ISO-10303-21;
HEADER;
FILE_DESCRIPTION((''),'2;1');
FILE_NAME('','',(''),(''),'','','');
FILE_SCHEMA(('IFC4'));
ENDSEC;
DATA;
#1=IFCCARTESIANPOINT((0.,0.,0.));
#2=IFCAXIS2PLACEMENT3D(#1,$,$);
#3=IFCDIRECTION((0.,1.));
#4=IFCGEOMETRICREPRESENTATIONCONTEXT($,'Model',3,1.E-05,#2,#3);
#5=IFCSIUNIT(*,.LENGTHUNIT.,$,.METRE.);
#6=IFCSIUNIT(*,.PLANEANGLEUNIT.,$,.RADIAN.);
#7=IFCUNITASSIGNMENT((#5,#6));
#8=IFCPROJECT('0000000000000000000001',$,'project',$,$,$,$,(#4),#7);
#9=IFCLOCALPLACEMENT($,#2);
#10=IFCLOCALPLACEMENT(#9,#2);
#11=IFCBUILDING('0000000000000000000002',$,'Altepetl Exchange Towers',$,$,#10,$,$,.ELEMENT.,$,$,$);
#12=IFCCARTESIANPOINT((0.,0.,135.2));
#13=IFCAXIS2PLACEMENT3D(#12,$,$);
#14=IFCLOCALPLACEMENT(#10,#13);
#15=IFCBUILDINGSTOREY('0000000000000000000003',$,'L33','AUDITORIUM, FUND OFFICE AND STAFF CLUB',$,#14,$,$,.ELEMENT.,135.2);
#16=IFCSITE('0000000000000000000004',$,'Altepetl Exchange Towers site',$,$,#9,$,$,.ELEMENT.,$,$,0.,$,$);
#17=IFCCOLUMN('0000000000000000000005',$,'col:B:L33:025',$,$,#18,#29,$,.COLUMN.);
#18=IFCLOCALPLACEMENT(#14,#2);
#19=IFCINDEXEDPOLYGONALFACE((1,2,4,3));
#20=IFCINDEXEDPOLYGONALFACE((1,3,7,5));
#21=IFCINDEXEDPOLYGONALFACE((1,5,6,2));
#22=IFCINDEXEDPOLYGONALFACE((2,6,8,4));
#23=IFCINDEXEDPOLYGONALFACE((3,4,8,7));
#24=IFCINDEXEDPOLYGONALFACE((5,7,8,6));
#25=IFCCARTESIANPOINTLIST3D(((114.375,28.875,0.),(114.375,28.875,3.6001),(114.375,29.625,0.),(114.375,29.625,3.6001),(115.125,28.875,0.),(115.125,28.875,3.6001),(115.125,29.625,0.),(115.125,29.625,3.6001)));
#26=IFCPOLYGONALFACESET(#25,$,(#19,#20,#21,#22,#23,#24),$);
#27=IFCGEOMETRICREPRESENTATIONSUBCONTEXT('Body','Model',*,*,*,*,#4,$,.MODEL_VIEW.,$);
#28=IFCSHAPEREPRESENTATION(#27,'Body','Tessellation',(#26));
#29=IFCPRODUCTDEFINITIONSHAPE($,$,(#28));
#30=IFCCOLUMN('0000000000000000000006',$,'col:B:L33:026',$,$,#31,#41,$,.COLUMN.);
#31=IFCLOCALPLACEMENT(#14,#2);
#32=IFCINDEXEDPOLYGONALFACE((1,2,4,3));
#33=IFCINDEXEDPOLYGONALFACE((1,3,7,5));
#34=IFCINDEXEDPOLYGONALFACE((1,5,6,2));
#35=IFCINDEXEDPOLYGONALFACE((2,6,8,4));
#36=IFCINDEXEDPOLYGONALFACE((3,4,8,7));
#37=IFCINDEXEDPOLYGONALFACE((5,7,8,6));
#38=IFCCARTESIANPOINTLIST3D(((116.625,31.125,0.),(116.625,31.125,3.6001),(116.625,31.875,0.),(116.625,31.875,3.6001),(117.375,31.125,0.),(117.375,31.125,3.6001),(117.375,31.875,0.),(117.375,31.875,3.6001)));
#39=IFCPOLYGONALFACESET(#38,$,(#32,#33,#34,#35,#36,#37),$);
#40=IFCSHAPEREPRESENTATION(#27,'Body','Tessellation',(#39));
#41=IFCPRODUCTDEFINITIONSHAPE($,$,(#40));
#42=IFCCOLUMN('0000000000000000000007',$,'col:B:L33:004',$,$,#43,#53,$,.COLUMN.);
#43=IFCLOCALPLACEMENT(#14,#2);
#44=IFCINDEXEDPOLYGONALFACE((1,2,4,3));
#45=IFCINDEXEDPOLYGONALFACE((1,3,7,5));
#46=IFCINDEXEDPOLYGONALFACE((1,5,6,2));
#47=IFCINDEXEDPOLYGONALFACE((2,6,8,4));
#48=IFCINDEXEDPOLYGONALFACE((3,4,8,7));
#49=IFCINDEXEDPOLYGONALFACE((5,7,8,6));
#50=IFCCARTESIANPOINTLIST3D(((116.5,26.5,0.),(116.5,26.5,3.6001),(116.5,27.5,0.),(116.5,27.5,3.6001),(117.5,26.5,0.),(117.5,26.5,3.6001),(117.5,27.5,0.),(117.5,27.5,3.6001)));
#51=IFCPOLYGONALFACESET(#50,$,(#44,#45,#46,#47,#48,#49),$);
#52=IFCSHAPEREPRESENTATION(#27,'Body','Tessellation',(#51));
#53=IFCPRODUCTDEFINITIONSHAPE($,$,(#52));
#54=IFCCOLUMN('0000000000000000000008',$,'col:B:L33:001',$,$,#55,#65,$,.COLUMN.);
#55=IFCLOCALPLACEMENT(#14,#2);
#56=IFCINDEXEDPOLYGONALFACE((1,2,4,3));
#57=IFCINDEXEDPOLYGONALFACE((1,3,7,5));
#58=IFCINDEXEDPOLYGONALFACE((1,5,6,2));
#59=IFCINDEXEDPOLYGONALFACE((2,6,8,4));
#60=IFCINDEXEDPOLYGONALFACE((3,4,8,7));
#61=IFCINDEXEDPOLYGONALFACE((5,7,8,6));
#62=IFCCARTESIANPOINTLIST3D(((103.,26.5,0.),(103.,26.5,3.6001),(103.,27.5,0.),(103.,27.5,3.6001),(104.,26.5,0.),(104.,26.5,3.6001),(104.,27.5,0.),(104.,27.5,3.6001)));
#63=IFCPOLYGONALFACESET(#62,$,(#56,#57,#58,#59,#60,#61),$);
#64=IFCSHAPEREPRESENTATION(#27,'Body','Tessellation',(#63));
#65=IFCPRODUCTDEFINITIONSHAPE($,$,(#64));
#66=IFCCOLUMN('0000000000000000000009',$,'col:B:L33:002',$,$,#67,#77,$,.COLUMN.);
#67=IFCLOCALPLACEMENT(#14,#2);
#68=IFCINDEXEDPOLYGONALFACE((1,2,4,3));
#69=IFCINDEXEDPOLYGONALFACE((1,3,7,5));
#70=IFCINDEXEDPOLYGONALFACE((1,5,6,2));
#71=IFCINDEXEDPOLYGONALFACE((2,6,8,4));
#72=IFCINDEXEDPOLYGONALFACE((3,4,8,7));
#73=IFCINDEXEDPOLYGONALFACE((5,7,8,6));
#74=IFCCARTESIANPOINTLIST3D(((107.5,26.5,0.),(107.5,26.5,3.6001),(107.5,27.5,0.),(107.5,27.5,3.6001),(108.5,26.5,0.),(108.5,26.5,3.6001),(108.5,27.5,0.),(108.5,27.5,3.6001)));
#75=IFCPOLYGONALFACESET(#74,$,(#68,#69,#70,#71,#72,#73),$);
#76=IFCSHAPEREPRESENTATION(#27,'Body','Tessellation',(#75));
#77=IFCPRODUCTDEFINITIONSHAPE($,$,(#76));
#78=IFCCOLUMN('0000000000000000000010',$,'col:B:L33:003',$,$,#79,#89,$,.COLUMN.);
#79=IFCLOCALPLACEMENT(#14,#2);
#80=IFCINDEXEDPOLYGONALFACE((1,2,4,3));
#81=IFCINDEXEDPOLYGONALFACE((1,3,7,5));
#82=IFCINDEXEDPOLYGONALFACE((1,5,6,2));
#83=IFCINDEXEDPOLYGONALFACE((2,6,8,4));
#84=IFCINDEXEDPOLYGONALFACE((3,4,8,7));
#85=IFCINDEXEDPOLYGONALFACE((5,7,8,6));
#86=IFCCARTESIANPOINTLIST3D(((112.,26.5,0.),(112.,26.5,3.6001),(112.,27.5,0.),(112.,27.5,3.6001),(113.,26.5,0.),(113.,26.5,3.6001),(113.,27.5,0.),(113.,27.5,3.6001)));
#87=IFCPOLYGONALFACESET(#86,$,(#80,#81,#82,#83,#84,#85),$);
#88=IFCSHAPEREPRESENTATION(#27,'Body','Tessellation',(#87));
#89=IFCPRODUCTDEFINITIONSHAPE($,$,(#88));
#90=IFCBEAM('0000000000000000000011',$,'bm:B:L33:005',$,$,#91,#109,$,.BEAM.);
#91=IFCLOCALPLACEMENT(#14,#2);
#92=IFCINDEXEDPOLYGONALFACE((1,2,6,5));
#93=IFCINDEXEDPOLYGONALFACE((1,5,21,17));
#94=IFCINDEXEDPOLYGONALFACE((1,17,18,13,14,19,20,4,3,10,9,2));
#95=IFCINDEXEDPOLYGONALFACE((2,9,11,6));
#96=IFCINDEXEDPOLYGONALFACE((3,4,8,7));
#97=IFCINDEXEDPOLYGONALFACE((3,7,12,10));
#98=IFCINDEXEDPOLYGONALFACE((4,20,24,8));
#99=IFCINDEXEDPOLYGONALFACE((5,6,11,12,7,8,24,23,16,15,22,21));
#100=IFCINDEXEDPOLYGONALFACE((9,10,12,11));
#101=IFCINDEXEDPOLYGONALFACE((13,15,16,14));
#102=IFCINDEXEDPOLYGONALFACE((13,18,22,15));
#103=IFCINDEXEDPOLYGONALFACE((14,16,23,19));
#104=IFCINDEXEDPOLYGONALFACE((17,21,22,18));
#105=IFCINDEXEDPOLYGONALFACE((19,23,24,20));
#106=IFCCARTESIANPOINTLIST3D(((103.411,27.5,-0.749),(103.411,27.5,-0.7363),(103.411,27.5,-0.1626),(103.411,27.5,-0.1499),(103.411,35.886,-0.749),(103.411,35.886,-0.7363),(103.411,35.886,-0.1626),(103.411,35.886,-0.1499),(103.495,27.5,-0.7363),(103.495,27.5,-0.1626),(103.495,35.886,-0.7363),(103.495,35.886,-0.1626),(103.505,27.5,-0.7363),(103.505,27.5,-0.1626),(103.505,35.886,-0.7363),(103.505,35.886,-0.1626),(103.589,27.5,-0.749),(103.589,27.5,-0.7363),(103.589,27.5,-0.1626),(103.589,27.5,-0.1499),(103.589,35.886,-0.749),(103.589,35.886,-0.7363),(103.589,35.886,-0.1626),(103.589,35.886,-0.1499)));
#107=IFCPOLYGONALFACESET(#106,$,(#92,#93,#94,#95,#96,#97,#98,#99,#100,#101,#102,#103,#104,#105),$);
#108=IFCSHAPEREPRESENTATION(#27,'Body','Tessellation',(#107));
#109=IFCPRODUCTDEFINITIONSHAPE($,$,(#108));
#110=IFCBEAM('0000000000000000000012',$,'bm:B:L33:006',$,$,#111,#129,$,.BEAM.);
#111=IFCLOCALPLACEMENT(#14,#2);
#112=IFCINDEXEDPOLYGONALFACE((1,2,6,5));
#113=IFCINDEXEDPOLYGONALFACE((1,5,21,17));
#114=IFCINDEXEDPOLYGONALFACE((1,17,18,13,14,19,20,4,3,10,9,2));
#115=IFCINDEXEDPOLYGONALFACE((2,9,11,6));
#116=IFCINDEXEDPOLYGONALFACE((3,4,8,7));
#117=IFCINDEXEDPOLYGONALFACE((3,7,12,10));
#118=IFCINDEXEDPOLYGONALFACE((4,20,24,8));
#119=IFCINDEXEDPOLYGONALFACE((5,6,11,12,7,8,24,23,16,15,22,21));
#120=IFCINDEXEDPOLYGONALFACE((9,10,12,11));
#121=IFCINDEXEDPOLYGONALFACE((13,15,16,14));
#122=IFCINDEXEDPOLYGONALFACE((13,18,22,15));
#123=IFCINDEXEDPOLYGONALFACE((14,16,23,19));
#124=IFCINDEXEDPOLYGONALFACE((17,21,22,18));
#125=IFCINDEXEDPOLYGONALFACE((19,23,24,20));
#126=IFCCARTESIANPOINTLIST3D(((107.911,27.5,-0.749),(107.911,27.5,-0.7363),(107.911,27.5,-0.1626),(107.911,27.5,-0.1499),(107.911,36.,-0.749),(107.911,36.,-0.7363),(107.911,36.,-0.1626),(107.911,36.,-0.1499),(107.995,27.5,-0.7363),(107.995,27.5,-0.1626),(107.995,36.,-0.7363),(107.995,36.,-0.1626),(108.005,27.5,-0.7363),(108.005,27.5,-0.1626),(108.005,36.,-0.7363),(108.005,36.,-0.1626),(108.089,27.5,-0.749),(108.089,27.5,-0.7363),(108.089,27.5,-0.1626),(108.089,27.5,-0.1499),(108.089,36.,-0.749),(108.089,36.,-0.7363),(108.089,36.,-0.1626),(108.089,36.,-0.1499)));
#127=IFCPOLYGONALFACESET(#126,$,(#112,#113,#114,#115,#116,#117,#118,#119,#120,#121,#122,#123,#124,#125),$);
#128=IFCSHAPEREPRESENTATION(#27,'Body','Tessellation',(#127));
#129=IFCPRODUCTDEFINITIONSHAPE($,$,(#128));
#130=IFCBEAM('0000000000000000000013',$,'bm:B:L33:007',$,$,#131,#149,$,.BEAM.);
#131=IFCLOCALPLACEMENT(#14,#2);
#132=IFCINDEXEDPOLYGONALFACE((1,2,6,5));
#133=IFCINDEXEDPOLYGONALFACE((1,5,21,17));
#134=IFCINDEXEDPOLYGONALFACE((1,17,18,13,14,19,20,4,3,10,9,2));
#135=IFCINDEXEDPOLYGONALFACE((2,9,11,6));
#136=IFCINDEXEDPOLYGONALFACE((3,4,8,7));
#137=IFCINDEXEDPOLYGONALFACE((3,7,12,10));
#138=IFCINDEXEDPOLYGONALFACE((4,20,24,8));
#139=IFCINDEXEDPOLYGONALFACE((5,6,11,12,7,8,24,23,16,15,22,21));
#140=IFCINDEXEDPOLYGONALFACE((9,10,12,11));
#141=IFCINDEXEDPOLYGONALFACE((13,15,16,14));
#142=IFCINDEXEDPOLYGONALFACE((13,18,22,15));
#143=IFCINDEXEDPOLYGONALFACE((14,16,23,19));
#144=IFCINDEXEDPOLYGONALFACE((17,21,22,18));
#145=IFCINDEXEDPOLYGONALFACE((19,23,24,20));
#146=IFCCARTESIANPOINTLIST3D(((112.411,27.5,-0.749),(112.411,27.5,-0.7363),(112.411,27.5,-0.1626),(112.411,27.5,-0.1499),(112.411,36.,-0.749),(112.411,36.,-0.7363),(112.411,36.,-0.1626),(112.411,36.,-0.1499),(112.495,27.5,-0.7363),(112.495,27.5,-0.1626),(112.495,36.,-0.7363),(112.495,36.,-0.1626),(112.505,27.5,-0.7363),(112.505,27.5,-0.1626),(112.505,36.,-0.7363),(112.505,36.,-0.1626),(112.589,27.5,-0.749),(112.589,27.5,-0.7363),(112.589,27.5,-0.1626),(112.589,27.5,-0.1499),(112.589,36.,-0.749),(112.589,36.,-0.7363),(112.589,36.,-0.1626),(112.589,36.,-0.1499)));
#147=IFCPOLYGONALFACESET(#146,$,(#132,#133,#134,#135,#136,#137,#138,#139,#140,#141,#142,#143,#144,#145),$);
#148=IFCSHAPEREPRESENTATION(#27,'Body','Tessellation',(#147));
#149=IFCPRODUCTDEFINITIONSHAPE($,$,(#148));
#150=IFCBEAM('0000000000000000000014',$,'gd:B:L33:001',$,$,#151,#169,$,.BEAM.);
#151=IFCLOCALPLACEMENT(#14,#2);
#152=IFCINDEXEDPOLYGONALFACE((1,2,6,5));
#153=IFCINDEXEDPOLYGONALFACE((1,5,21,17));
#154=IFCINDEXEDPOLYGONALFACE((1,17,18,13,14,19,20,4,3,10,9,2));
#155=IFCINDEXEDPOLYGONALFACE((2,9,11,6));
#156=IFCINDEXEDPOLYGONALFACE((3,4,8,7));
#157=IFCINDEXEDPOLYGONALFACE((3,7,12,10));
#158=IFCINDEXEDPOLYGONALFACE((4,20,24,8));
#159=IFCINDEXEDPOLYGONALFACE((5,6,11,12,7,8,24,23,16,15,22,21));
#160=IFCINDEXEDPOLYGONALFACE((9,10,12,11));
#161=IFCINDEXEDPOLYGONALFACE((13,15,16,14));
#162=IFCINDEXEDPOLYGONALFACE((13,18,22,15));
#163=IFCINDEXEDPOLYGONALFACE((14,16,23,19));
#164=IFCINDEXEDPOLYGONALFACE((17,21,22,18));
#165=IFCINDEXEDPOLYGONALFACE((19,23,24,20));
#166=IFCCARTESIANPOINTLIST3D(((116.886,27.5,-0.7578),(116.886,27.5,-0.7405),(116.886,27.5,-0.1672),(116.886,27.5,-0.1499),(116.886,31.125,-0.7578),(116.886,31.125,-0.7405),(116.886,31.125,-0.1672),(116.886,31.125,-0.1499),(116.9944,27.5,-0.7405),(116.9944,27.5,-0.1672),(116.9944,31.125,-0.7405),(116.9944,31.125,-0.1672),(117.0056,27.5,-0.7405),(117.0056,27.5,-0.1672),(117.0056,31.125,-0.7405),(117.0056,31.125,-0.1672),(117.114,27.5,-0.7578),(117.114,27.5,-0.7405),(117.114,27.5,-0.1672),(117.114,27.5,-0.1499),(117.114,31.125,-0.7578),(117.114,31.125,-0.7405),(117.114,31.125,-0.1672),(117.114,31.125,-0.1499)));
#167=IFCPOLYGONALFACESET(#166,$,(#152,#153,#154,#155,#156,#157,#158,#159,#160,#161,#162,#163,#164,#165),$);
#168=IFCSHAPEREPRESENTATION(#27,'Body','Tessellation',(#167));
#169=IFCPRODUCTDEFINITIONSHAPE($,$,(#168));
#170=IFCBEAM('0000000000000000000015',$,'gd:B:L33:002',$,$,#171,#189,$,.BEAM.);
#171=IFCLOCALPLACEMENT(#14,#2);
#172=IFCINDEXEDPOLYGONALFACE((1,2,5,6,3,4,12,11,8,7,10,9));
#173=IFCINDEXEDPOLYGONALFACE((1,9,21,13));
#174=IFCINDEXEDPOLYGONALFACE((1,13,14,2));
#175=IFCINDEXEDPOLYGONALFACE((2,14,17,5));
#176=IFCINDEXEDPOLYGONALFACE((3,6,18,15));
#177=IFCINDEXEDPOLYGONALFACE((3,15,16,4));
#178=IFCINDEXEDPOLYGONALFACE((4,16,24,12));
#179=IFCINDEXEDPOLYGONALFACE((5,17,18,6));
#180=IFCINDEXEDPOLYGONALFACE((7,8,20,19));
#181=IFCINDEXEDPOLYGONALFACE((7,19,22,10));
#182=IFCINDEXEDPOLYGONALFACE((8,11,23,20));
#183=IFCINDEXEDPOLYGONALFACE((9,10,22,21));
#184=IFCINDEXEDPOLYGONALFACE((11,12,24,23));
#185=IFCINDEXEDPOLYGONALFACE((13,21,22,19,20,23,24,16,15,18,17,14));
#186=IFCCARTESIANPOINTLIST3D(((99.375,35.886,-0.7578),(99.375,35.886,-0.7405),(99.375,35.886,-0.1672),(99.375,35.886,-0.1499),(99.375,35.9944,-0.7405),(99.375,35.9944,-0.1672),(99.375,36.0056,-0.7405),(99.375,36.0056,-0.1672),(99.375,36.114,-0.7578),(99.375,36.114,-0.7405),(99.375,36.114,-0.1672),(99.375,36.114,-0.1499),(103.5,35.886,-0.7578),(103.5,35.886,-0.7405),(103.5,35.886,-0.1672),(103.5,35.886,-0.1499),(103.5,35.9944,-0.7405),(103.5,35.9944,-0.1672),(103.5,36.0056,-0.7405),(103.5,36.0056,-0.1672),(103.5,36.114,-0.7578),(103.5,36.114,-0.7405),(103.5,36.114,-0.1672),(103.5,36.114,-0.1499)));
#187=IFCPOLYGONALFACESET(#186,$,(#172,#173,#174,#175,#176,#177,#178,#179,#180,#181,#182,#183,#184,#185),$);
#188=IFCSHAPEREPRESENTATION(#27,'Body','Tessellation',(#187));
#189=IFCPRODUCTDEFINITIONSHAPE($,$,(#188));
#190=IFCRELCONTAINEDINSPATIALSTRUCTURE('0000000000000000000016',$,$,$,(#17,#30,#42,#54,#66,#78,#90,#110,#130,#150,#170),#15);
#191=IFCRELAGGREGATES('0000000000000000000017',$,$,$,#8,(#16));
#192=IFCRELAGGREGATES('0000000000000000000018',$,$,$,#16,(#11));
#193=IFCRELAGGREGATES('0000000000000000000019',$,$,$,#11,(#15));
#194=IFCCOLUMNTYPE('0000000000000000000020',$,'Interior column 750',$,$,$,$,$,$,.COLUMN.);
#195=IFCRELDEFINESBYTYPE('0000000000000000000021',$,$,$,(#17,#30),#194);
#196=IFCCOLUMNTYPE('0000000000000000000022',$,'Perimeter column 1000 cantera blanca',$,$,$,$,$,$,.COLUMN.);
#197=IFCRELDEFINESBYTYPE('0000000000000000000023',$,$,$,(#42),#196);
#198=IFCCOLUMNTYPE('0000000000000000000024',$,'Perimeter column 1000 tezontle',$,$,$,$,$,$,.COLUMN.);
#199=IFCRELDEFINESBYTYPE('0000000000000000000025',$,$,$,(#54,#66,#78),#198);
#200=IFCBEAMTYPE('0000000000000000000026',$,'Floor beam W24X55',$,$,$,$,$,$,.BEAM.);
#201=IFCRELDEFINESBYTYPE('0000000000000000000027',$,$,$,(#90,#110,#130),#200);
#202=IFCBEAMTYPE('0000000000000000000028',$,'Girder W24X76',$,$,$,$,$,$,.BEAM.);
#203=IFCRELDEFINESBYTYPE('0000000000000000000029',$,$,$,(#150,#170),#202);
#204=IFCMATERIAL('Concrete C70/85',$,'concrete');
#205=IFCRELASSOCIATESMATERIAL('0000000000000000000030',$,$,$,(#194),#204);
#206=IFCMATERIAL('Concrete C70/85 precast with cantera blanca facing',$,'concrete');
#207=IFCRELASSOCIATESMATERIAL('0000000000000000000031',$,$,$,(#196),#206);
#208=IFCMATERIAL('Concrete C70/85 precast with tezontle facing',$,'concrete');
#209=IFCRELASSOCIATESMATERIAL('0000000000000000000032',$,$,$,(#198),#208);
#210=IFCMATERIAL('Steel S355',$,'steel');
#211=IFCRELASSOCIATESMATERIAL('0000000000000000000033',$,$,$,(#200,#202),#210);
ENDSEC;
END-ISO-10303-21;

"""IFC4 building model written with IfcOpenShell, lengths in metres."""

from ifc_helpers import new_model, si_unit, direction, frame, origin, origin_2d, place, context, subcontext, project, spatial, rectangle, i_section, extrude, material, material_profile, profile_set, type_object, element, save


model = new_model("IFC4")

# Units and contexts
model_context = context("Model", 3, precision=1e-05, world=origin(), true_north=direction((0.0, 1.0)))
body_context = subcontext(model_context, "Body", "Model", "MODEL_VIEW")
ifc_project = project(units=[si_unit("LENGTHUNIT", "METRE"), si_unit("PLANEANGLEUNIT", "RADIAN")], contexts=[model_context])

# Site, building, storey
site_placement = place(None, origin())
site = spatial("IfcSite", under=ifc_project, at=site_placement, Name="Altepetl Exchange Towers site", CompositionType="ELEMENT", RefElevation=0.0)
building_placement = place(site_placement, origin())
building = spatial("IfcBuilding", under=site, at=building_placement, Name="Altepetl Exchange Towers", CompositionType="ELEMENT")
storey_placement = place(building_placement, frame((0.0, 0.0, 135.2)))
storey = spatial("IfcBuildingStorey", under=building, at=storey_placement, Name="L33", Description="AUDITORIUM, FUND OFFICE AND STAFF CLUB", CompositionType="ELEMENT", Elevation=135.2)

# Columns
ifc_material_1 = material(Name="Concrete C70/85", Category="concrete")
ifc_material_profile_1 = material_profile(ifc_material_1, rectangle(XDim=0.75, YDim=0.75, at=origin_2d()), Name="750 x 750")
ifc_profile_set_1 = profile_set([ifc_material_profile_1], Name="Concrete C70/85")
column_type_1 = type_object("IfcColumnType", Name="Interior column 750", PredefinedType="COLUMN", material=ifc_profile_set_1)
for number, where, name in (
    (1, (114.75, 29.25, 0.0), "col:B:L33:025"),
    (2, (117.0, 31.5, 0.0), "col:B:L33:026"),
):
    element("IfcColumn", number, at=place(storey_placement, frame(where)), inside=storey, type_object=column_type_1, Name=name, PredefinedType="COLUMN", context=body_context, shape_type="SweptSolid", body=[
        extrude(rectangle(XDim=0.75, YDim=0.75, at=origin_2d()), origin(), (0.0, 0.0, 1.0), 3.6001),
    ])
ifc_material_2 = material(Name="Concrete C70/85 precast with cantera blanca facing", Category="concrete")
ifc_material_profile_2 = material_profile(ifc_material_2, rectangle(XDim=1.0, YDim=1.0, at=origin_2d()), Name="1000 x 1000")
ifc_profile_set_2 = profile_set([ifc_material_profile_2], Name="Concrete C70/85 precast with cantera blanca facing")
column_type_2 = type_object("IfcColumnType", Name="Perimeter column 1000 cantera blanca", PredefinedType="COLUMN", material=ifc_profile_set_2)
column_placement = place(storey_placement, frame((117.0, 27.0, 0.0)))
element("IfcColumn", 3, at=column_placement, inside=storey, type_object=column_type_2, Name="col:B:L33:004", PredefinedType="COLUMN", context=body_context, shape_type="SweptSolid", body=[
    extrude(rectangle(XDim=1.0, YDim=1.0, at=origin_2d()), origin(), (0.0, 0.0, 1.0), 3.6001),
])
ifc_material_3 = material(Name="Concrete C70/85 precast with tezontle facing", Category="concrete")
ifc_material_profile_3 = material_profile(ifc_material_3, rectangle(XDim=1.0, YDim=1.0, at=origin_2d()), Name="1000 x 1000")
ifc_profile_set_3 = profile_set([ifc_material_profile_3], Name="Concrete C70/85 precast with tezontle facing")
column_type_3 = type_object("IfcColumnType", Name="Perimeter column 1000 tezontle", PredefinedType="COLUMN", material=ifc_profile_set_3)
for number, where, name in (
    (4, (103.5, 27.0, 0.0), "col:B:L33:001"),
    (5, (108.0, 27.0, 0.0), "col:B:L33:002"),
    (6, (112.5, 27.0, 0.0), "col:B:L33:003"),
):
    element("IfcColumn", number, at=place(storey_placement, frame(where)), inside=storey, type_object=column_type_3, Name=name, PredefinedType="COLUMN", context=body_context, shape_type="SweptSolid", body=[
        extrude(rectangle(XDim=1.0, YDim=1.0, at=origin_2d()), origin(), (0.0, 0.0, 1.0), 3.6001),
    ])

# Beams
ifc_material_4 = material(Name="Steel S355", Category="steel")
ifc_material_profile_4 = material_profile(ifc_material_4, i_section(OverallWidth=0.178, OverallDepth=0.5991, WebThickness=0.01, FlangeThickness=0.0127, at=origin_2d()), Name="W24X55")
ifc_profile_set_4 = profile_set([ifc_material_profile_4], Name="Steel S355")
beam_type_1 = type_object("IfcBeamType", Name="Floor beam W24X55", PredefinedType="BEAM", material=ifc_profile_set_4)
beam_1_placement = place(storey_placement, frame((103.5, 27.5, -0.4495), z_axis=(0.0, 1.0, 0.0), x_axis=(-1.0, 0.0, 0.0)))
element("IfcBeam", 7, at=beam_1_placement, inside=storey, type_object=beam_type_1, Name="bm:B:L33:005", PredefinedType="BEAM", context=body_context, shape_type="SweptSolid", body=[
    extrude(i_section(OverallWidth=0.178, OverallDepth=0.5991, WebThickness=0.01, FlangeThickness=0.0127, at=origin_2d()), origin(), (0.0, 0.0, 1.0), 8.386),
])
for number, where, z_axis, x_axis, name in (
    (8, (108.0, 27.5, -0.4495), (0.0, 1.0, 0.0), (-1.0, 0.0, 0.0), "bm:B:L33:006"),
    (9, (112.5, 27.5, -0.4495), (0.0, 1.0, 0.0), (-1.0, 0.0, 0.0), "bm:B:L33:007"),
):
    element("IfcBeam", number, at=place(storey_placement, frame(where, z_axis=z_axis, x_axis=x_axis)), inside=storey, type_object=beam_type_1, Name=name, PredefinedType="BEAM", context=body_context, shape_type="SweptSolid", body=[
        extrude(i_section(OverallWidth=0.178, OverallDepth=0.5991, WebThickness=0.01, FlangeThickness=0.0127, at=origin_2d()), origin(), (0.0, 0.0, 1.0), 8.5),
    ])
ifc_material_profile_5 = material_profile(ifc_material_4, i_section(OverallWidth=0.228, OverallDepth=0.6079, WebThickness=0.0112, FlangeThickness=0.0173, at=origin_2d()), Name="W24X76")
ifc_profile_set_5 = profile_set([ifc_material_profile_5], Name="Steel S355")
beam_type_2 = type_object("IfcBeamType", Name="Girder W24X76", PredefinedType="BEAM", material=ifc_profile_set_5)
beam_2_placement = place(storey_placement, frame((117.0, 31.125, -0.4539), z_axis=(0.0, -1.0, 0.0), x_axis=(1.0, 0.0, 0.0)))
element("IfcBeam", 10, at=beam_2_placement, inside=storey, type_object=beam_type_2, Name="gd:B:L33:001", PredefinedType="BEAM", context=body_context, shape_type="SweptSolid", body=[
    extrude(i_section(OverallWidth=0.228, OverallDepth=0.6079, WebThickness=0.0112, FlangeThickness=0.0173, at=origin_2d()), origin(), (0.0, 0.0, 1.0), 3.625),
])
beam_3_placement = place(storey_placement, frame((103.5, 36.0, -0.4539), z_axis=(-1.0, 0.0, 0.0), x_axis=(0.0, -1.0, 0.0)))
element("IfcBeam", 11, at=beam_3_placement, inside=storey, type_object=beam_type_2, Name="gd:B:L33:002", PredefinedType="BEAM", context=body_context, shape_type="SweptSolid", body=[
    extrude(i_section(OverallWidth=0.228, OverallDepth=0.6079, WebThickness=0.0112, FlangeThickness=0.0173, at=origin_2d()), origin(), (0.0, 0.0, 1.0), 4.125),
])

save(model, "model.ifc")
